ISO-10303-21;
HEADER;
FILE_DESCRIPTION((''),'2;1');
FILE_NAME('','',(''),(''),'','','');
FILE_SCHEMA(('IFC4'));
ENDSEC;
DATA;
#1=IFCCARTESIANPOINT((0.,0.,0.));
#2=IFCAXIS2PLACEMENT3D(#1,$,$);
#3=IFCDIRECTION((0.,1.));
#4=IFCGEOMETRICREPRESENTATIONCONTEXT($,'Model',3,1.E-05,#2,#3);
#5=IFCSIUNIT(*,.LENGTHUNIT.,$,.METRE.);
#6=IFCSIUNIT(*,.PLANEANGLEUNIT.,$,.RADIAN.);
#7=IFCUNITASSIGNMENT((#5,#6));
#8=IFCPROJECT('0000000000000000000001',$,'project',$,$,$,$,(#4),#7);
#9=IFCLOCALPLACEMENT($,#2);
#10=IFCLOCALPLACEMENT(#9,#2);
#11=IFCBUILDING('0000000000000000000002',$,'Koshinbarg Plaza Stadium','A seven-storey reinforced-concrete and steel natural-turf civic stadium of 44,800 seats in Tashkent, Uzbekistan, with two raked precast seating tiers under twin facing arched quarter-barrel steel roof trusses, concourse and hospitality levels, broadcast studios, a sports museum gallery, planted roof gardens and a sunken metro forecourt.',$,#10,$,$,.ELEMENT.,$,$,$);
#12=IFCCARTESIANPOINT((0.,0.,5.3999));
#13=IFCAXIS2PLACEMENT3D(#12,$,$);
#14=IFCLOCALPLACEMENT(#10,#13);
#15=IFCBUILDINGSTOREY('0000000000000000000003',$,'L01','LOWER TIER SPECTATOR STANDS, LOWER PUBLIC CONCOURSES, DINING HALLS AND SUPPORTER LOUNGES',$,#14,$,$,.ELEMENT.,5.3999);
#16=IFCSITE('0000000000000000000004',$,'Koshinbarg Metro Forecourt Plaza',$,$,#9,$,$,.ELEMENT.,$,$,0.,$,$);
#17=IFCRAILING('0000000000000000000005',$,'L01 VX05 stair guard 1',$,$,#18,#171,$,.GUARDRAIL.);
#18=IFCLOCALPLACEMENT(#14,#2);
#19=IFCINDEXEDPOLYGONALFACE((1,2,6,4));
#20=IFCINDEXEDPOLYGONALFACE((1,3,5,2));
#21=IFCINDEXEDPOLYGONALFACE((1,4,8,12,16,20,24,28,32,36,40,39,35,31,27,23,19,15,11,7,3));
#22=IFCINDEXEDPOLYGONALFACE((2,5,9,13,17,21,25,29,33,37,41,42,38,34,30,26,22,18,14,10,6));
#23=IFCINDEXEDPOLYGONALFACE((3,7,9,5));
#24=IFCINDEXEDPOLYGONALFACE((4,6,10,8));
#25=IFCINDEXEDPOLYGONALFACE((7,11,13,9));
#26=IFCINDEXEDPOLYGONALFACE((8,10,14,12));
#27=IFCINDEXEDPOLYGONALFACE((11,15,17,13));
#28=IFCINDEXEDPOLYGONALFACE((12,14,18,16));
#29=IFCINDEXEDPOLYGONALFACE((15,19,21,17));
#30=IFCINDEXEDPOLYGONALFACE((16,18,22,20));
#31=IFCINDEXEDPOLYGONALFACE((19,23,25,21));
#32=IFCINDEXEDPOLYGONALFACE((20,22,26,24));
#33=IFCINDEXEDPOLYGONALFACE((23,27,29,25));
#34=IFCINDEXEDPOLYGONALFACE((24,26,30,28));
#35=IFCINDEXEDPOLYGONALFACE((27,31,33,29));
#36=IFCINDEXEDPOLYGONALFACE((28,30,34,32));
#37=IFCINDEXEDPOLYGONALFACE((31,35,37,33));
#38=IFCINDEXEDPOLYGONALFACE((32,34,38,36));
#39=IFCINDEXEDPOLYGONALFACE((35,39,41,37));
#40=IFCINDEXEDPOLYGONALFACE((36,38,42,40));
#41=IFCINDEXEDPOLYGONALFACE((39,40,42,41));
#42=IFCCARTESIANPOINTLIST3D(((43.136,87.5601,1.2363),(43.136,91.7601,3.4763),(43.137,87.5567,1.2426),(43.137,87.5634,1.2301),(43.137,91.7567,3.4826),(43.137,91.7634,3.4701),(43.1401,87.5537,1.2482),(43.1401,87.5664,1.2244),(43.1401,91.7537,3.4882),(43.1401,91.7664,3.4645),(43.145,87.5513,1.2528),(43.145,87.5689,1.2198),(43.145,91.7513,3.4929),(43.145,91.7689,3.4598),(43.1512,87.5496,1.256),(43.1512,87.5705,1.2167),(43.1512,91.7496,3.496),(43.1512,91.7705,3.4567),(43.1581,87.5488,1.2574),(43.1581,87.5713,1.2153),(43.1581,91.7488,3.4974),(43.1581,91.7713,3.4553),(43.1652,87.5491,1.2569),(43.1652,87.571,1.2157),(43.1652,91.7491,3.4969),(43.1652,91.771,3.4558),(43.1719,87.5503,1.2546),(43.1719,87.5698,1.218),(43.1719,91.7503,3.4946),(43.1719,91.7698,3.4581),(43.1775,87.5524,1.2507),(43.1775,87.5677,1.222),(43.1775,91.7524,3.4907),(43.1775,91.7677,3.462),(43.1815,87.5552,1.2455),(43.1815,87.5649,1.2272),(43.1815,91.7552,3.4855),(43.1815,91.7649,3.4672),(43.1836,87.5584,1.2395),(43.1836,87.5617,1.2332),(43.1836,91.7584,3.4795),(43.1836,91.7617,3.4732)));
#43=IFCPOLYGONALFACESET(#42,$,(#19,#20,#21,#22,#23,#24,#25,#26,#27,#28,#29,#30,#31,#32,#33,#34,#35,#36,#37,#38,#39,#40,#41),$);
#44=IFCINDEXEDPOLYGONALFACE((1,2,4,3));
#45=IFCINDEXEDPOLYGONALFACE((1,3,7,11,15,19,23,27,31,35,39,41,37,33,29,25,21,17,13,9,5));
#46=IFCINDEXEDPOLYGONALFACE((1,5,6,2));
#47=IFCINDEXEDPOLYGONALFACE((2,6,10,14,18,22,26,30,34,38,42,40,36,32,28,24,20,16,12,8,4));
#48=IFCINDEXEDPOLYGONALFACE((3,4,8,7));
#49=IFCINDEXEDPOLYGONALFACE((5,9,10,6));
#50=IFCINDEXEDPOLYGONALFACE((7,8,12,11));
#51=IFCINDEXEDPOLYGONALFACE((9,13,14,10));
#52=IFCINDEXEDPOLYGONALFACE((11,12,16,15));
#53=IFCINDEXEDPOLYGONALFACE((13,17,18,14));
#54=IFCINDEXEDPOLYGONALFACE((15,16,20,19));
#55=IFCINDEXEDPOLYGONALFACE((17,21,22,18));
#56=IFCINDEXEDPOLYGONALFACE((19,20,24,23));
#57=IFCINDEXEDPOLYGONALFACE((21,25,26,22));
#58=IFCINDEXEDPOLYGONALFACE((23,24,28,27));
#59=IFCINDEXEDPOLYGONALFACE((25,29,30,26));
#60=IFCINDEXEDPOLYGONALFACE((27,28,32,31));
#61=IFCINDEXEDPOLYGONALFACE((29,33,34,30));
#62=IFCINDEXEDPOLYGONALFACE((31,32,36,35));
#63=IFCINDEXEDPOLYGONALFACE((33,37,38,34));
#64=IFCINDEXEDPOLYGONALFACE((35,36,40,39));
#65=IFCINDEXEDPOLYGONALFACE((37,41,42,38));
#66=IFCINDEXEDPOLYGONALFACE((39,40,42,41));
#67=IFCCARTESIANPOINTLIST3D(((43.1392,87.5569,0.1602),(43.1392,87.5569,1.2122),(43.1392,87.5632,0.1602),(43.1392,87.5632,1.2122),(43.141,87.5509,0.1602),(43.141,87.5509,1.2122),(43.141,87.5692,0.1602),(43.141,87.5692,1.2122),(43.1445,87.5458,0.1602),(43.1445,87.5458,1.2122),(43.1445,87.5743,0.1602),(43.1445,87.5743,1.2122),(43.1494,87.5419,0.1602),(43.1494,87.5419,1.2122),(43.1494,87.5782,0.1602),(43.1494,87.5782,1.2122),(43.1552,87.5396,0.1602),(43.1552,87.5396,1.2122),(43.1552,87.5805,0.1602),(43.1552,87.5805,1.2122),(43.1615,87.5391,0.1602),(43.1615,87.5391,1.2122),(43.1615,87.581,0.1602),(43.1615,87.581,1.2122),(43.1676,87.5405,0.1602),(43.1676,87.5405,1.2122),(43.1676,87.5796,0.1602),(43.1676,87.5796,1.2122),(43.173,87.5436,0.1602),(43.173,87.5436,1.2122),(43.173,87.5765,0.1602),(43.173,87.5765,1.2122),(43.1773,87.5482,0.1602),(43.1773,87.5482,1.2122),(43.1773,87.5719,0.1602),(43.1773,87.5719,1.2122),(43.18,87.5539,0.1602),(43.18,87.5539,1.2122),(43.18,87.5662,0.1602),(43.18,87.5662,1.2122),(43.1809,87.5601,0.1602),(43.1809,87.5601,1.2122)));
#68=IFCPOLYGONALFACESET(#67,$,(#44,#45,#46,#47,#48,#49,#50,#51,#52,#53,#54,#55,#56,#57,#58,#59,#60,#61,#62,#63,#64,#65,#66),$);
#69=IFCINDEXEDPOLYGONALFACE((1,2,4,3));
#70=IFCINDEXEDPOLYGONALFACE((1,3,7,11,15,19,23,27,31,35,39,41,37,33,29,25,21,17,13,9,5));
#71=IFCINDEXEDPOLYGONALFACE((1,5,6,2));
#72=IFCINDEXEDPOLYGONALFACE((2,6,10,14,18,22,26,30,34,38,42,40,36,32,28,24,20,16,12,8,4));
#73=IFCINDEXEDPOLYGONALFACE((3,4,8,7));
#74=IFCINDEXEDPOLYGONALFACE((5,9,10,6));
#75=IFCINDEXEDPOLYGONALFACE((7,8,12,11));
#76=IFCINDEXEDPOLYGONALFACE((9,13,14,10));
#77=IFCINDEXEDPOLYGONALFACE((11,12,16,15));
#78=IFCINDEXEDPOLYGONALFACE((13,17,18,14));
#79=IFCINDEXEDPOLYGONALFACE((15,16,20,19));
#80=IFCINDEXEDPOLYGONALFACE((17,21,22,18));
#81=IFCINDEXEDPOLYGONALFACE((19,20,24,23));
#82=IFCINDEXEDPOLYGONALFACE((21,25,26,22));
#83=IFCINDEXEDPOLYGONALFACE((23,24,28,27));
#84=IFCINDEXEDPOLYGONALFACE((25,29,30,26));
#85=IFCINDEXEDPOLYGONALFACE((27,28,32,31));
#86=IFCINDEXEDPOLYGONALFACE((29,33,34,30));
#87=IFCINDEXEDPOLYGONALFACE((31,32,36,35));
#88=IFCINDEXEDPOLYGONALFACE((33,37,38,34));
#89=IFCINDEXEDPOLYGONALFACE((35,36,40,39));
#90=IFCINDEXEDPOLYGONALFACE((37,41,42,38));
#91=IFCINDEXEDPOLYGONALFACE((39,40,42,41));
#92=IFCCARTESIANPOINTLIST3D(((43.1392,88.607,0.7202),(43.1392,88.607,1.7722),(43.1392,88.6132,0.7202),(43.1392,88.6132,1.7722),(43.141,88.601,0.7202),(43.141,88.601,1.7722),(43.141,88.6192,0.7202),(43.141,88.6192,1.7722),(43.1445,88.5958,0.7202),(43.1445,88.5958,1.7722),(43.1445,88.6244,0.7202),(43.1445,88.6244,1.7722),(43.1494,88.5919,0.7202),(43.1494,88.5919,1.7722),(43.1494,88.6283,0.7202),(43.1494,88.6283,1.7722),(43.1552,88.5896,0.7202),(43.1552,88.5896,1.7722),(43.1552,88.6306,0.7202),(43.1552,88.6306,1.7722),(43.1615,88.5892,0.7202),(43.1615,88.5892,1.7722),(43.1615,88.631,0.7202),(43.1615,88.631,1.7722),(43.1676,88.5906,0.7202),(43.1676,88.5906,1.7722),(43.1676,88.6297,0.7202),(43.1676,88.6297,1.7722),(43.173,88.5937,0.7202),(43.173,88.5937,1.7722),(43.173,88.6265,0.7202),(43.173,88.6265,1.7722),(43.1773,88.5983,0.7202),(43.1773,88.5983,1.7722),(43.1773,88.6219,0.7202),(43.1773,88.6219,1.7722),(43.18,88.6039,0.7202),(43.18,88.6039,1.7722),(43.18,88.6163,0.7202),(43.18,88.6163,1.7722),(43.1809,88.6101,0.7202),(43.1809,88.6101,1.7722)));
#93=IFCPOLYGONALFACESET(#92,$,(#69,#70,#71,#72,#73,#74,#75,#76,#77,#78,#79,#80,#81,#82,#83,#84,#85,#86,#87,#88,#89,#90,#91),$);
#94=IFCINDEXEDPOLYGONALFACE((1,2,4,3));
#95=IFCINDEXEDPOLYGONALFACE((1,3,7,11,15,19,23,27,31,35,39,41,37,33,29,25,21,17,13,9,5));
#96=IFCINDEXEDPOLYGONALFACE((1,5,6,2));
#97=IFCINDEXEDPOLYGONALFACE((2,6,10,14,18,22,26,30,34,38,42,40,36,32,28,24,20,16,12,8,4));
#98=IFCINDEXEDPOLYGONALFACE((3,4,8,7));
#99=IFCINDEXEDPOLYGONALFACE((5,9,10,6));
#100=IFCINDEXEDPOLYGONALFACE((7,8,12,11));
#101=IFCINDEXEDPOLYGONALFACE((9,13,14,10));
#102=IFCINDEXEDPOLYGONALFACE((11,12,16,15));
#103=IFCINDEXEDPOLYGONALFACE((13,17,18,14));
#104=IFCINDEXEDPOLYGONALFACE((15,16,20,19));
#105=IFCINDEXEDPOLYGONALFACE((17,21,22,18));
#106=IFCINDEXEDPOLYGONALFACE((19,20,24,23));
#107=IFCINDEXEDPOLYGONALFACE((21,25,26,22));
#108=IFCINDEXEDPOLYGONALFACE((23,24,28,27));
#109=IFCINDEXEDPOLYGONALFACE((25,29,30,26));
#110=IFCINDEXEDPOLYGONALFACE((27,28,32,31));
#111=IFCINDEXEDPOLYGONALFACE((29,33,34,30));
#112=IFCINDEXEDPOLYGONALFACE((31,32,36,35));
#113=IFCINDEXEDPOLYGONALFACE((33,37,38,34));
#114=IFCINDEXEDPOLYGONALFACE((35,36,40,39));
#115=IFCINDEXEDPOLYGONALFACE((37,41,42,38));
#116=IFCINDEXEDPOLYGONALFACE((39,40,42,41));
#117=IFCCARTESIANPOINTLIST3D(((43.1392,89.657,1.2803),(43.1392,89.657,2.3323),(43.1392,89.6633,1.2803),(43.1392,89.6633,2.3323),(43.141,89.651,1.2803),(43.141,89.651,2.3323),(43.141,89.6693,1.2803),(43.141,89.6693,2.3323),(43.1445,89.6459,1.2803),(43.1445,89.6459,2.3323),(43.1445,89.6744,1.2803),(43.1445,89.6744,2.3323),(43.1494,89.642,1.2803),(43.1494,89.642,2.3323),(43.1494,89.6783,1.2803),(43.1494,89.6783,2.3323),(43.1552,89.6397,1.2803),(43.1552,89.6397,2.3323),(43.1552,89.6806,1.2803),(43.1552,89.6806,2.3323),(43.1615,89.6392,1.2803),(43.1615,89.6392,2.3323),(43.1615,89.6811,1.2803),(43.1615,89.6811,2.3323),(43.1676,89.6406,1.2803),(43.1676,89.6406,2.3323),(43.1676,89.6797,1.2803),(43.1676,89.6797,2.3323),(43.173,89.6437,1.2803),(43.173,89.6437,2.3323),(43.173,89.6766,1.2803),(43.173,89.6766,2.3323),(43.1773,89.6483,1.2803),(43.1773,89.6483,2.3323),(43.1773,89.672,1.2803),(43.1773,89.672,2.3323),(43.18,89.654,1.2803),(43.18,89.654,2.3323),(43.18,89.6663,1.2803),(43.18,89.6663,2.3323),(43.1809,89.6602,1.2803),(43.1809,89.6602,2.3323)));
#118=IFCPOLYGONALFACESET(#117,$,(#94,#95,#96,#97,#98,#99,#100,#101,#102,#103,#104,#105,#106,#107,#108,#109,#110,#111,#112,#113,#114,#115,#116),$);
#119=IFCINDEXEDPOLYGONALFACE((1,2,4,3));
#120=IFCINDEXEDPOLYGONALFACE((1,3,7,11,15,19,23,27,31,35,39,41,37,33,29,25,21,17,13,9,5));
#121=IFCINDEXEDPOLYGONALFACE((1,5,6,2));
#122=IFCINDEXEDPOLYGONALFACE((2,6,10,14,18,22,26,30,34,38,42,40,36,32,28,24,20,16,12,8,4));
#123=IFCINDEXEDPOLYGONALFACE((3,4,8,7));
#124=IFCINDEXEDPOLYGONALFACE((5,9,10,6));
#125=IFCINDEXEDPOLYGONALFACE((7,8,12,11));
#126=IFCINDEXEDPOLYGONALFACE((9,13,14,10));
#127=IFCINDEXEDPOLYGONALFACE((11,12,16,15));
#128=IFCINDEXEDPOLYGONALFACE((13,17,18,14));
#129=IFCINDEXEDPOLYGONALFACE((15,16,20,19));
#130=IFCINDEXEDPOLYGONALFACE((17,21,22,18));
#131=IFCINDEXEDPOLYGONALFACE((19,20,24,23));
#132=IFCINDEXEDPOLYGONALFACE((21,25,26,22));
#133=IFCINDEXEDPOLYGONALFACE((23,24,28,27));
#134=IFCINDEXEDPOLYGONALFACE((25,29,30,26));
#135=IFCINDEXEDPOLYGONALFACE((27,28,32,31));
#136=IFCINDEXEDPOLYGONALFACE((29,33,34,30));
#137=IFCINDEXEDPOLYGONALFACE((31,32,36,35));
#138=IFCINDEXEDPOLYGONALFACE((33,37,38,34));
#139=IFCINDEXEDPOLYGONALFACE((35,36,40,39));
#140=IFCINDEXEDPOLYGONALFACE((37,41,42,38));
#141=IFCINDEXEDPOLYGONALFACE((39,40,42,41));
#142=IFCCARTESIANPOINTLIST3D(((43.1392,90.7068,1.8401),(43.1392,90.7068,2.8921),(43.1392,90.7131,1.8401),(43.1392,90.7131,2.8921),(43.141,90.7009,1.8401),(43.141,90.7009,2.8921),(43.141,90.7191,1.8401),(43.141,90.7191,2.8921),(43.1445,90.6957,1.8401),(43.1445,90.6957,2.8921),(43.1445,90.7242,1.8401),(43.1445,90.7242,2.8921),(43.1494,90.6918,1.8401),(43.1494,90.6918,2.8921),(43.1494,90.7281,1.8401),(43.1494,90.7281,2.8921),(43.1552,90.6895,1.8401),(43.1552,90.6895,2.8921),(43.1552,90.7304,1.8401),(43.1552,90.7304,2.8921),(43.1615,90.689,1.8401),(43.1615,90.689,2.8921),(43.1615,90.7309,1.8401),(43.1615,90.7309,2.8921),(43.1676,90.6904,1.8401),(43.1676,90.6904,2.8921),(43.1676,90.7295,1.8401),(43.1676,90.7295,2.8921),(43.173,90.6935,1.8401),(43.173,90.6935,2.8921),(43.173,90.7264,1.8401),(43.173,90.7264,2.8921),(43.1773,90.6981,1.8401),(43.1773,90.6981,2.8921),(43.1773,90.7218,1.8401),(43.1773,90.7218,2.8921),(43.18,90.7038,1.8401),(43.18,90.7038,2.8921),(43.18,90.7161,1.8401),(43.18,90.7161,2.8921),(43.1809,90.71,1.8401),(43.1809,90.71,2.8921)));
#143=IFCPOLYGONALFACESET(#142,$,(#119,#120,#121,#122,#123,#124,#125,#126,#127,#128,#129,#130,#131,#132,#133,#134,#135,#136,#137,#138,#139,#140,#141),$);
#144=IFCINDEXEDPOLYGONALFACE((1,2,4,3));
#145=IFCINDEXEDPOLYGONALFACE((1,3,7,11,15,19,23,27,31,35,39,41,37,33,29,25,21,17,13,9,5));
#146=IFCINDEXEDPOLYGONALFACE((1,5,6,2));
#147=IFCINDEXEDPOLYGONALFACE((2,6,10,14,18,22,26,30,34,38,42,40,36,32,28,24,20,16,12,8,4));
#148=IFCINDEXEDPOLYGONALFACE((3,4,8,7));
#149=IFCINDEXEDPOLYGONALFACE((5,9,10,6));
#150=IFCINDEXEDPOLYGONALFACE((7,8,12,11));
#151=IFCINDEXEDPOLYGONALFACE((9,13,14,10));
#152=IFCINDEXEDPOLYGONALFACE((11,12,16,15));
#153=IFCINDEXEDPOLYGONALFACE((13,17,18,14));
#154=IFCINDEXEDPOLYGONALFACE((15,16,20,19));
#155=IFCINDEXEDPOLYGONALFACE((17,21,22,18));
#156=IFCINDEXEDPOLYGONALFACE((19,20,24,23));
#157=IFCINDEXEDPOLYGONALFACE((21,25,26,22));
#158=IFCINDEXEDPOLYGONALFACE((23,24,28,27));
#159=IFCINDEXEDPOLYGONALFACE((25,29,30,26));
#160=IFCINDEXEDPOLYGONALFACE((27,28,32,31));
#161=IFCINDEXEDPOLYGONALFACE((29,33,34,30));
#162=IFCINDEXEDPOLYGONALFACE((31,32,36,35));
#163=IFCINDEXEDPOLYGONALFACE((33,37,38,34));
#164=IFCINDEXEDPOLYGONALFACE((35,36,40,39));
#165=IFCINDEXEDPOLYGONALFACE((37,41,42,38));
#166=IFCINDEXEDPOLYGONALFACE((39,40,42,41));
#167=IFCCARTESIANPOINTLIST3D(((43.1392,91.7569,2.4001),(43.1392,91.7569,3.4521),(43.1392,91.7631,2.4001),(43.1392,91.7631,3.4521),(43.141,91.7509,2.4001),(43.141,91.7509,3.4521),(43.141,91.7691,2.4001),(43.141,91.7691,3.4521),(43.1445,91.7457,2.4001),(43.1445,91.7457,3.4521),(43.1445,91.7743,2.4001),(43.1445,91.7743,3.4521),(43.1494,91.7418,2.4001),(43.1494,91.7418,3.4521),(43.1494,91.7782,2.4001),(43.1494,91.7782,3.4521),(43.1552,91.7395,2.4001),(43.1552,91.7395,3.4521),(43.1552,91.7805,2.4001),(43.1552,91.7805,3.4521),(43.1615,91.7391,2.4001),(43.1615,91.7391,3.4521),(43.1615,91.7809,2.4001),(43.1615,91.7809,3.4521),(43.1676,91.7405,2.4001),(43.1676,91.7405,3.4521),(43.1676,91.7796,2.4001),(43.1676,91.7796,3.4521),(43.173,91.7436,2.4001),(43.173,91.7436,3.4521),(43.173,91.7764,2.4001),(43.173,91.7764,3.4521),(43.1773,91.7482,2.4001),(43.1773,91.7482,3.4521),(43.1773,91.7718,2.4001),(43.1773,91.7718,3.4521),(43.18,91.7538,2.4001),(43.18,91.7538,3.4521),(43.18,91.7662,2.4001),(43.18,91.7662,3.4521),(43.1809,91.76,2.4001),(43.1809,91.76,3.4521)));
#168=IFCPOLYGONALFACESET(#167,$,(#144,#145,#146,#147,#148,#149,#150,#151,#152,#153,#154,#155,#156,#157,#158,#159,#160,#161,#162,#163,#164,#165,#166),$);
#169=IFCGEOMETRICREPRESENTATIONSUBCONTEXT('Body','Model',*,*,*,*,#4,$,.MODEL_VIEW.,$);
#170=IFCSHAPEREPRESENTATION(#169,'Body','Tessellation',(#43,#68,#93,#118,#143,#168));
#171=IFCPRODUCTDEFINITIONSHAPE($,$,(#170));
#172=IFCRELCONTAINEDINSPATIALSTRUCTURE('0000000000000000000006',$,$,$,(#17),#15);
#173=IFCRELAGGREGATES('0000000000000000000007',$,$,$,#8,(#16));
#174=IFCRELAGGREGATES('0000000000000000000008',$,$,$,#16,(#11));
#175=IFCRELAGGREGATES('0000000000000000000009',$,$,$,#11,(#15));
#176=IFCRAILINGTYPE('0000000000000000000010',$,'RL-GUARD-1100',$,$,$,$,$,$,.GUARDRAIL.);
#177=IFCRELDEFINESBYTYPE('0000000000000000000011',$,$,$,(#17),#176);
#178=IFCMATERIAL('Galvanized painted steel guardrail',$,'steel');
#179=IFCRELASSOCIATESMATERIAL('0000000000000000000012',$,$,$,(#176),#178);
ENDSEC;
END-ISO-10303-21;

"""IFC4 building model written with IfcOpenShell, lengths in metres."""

from ifc_helpers import new_model, si_unit, direction, frame, origin, origin_2d, place, context, subcontext, project, spatial, circle, extrude, material, type_object, element, save


model = new_model("IFC4")

# Units and contexts
model_context = context("Model", 3, precision=1e-05, world=origin(), true_north=direction((0.0, 1.0)))
body_context = subcontext(model_context, "Body", "Model", "MODEL_VIEW")
ifc_project = project(units=[si_unit("LENGTHUNIT", "METRE"), si_unit("PLANEANGLEUNIT", "RADIAN")], contexts=[model_context])

# Site, building, storey
site_placement = place(None, origin())
site = spatial("IfcSite", under=ifc_project, at=site_placement, Name="Koshinbarg Metro Forecourt Plaza", CompositionType="ELEMENT", RefElevation=0.0)
building_placement = place(site_placement, origin())
building = spatial("IfcBuilding", under=site, at=building_placement, Name="Koshinbarg Plaza Stadium", Description="A seven-storey reinforced-concrete and steel natural-turf civic stadium of 44,800 seats in Tashkent, Uzbekistan, with two raked precast seating tiers under twin facing arched quarter-barrel steel roof trusses, concourse and hospitality levels, broadcast studios, a sports museum gallery, planted roof gardens and a sunken metro forecourt.", CompositionType="ELEMENT")
storey_placement = place(building_placement, frame((0.0, 0.0, 5.3999)))
storey = spatial("IfcBuildingStorey", under=building, at=storey_placement, Name="L01", Description="LOWER TIER SPECTATOR STANDS, LOWER PUBLIC CONCOURSES, DINING HALLS AND SUPPORTER LOUNGES", CompositionType="ELEMENT", Elevation=5.3999)

# Railing
ifc_material_1 = material(Name="Galvanized painted steel guardrail", Category="steel")
railing_type_1 = type_object("IfcRailingType", Name="RL-GUARD-1100", PredefinedType="GUARDRAIL", material=ifc_material_1)
for number, where, name in (
    (1, (43.1599, 87.5601, 0.1602), "L01 VX05 stair guard 1"),
):
    element("IfcRailing", number, at=place(storey_placement, frame(where)), inside=storey, type_object=railing_type_1, Name=name, PredefinedType="GUARDRAIL", context=body_context, shape_type="SweptSolid", body=[
        extrude(circle(Radius=0.0239, at=origin_2d()), frame((0.0, 0.0, 1.0762), z_axis=(0.0, 0.882352, 0.470591), x_axis=(-1.0, 0.0, 0.0)), (0.0, 0.0, 1.0), 4.76),
        extrude(circle(Radius=0.021, at=origin_2d()), origin(), (0.0, 0.0, 1.0), 1.052),
        extrude(circle(Radius=0.021, at=origin_2d()), frame((0.0, 1.05, 0.5601)), (0.0, 0.0, 1.0), 1.052),
        extrude(circle(Radius=0.021, at=origin_2d()), frame((0.0, 2.1001, 1.1201)), (0.0, 0.0, 1.0), 1.052),
        extrude(circle(Radius=0.021, at=origin_2d()), frame((0.0, 3.1499, 1.6799)), (0.0, 0.0, 1.0), 1.052),
        extrude(circle(Radius=0.021, at=origin_2d()), frame((0.0, 4.2, 2.24)), (0.0, 0.0, 1.0), 1.052),
    ])

save(model, "model.ifc")
